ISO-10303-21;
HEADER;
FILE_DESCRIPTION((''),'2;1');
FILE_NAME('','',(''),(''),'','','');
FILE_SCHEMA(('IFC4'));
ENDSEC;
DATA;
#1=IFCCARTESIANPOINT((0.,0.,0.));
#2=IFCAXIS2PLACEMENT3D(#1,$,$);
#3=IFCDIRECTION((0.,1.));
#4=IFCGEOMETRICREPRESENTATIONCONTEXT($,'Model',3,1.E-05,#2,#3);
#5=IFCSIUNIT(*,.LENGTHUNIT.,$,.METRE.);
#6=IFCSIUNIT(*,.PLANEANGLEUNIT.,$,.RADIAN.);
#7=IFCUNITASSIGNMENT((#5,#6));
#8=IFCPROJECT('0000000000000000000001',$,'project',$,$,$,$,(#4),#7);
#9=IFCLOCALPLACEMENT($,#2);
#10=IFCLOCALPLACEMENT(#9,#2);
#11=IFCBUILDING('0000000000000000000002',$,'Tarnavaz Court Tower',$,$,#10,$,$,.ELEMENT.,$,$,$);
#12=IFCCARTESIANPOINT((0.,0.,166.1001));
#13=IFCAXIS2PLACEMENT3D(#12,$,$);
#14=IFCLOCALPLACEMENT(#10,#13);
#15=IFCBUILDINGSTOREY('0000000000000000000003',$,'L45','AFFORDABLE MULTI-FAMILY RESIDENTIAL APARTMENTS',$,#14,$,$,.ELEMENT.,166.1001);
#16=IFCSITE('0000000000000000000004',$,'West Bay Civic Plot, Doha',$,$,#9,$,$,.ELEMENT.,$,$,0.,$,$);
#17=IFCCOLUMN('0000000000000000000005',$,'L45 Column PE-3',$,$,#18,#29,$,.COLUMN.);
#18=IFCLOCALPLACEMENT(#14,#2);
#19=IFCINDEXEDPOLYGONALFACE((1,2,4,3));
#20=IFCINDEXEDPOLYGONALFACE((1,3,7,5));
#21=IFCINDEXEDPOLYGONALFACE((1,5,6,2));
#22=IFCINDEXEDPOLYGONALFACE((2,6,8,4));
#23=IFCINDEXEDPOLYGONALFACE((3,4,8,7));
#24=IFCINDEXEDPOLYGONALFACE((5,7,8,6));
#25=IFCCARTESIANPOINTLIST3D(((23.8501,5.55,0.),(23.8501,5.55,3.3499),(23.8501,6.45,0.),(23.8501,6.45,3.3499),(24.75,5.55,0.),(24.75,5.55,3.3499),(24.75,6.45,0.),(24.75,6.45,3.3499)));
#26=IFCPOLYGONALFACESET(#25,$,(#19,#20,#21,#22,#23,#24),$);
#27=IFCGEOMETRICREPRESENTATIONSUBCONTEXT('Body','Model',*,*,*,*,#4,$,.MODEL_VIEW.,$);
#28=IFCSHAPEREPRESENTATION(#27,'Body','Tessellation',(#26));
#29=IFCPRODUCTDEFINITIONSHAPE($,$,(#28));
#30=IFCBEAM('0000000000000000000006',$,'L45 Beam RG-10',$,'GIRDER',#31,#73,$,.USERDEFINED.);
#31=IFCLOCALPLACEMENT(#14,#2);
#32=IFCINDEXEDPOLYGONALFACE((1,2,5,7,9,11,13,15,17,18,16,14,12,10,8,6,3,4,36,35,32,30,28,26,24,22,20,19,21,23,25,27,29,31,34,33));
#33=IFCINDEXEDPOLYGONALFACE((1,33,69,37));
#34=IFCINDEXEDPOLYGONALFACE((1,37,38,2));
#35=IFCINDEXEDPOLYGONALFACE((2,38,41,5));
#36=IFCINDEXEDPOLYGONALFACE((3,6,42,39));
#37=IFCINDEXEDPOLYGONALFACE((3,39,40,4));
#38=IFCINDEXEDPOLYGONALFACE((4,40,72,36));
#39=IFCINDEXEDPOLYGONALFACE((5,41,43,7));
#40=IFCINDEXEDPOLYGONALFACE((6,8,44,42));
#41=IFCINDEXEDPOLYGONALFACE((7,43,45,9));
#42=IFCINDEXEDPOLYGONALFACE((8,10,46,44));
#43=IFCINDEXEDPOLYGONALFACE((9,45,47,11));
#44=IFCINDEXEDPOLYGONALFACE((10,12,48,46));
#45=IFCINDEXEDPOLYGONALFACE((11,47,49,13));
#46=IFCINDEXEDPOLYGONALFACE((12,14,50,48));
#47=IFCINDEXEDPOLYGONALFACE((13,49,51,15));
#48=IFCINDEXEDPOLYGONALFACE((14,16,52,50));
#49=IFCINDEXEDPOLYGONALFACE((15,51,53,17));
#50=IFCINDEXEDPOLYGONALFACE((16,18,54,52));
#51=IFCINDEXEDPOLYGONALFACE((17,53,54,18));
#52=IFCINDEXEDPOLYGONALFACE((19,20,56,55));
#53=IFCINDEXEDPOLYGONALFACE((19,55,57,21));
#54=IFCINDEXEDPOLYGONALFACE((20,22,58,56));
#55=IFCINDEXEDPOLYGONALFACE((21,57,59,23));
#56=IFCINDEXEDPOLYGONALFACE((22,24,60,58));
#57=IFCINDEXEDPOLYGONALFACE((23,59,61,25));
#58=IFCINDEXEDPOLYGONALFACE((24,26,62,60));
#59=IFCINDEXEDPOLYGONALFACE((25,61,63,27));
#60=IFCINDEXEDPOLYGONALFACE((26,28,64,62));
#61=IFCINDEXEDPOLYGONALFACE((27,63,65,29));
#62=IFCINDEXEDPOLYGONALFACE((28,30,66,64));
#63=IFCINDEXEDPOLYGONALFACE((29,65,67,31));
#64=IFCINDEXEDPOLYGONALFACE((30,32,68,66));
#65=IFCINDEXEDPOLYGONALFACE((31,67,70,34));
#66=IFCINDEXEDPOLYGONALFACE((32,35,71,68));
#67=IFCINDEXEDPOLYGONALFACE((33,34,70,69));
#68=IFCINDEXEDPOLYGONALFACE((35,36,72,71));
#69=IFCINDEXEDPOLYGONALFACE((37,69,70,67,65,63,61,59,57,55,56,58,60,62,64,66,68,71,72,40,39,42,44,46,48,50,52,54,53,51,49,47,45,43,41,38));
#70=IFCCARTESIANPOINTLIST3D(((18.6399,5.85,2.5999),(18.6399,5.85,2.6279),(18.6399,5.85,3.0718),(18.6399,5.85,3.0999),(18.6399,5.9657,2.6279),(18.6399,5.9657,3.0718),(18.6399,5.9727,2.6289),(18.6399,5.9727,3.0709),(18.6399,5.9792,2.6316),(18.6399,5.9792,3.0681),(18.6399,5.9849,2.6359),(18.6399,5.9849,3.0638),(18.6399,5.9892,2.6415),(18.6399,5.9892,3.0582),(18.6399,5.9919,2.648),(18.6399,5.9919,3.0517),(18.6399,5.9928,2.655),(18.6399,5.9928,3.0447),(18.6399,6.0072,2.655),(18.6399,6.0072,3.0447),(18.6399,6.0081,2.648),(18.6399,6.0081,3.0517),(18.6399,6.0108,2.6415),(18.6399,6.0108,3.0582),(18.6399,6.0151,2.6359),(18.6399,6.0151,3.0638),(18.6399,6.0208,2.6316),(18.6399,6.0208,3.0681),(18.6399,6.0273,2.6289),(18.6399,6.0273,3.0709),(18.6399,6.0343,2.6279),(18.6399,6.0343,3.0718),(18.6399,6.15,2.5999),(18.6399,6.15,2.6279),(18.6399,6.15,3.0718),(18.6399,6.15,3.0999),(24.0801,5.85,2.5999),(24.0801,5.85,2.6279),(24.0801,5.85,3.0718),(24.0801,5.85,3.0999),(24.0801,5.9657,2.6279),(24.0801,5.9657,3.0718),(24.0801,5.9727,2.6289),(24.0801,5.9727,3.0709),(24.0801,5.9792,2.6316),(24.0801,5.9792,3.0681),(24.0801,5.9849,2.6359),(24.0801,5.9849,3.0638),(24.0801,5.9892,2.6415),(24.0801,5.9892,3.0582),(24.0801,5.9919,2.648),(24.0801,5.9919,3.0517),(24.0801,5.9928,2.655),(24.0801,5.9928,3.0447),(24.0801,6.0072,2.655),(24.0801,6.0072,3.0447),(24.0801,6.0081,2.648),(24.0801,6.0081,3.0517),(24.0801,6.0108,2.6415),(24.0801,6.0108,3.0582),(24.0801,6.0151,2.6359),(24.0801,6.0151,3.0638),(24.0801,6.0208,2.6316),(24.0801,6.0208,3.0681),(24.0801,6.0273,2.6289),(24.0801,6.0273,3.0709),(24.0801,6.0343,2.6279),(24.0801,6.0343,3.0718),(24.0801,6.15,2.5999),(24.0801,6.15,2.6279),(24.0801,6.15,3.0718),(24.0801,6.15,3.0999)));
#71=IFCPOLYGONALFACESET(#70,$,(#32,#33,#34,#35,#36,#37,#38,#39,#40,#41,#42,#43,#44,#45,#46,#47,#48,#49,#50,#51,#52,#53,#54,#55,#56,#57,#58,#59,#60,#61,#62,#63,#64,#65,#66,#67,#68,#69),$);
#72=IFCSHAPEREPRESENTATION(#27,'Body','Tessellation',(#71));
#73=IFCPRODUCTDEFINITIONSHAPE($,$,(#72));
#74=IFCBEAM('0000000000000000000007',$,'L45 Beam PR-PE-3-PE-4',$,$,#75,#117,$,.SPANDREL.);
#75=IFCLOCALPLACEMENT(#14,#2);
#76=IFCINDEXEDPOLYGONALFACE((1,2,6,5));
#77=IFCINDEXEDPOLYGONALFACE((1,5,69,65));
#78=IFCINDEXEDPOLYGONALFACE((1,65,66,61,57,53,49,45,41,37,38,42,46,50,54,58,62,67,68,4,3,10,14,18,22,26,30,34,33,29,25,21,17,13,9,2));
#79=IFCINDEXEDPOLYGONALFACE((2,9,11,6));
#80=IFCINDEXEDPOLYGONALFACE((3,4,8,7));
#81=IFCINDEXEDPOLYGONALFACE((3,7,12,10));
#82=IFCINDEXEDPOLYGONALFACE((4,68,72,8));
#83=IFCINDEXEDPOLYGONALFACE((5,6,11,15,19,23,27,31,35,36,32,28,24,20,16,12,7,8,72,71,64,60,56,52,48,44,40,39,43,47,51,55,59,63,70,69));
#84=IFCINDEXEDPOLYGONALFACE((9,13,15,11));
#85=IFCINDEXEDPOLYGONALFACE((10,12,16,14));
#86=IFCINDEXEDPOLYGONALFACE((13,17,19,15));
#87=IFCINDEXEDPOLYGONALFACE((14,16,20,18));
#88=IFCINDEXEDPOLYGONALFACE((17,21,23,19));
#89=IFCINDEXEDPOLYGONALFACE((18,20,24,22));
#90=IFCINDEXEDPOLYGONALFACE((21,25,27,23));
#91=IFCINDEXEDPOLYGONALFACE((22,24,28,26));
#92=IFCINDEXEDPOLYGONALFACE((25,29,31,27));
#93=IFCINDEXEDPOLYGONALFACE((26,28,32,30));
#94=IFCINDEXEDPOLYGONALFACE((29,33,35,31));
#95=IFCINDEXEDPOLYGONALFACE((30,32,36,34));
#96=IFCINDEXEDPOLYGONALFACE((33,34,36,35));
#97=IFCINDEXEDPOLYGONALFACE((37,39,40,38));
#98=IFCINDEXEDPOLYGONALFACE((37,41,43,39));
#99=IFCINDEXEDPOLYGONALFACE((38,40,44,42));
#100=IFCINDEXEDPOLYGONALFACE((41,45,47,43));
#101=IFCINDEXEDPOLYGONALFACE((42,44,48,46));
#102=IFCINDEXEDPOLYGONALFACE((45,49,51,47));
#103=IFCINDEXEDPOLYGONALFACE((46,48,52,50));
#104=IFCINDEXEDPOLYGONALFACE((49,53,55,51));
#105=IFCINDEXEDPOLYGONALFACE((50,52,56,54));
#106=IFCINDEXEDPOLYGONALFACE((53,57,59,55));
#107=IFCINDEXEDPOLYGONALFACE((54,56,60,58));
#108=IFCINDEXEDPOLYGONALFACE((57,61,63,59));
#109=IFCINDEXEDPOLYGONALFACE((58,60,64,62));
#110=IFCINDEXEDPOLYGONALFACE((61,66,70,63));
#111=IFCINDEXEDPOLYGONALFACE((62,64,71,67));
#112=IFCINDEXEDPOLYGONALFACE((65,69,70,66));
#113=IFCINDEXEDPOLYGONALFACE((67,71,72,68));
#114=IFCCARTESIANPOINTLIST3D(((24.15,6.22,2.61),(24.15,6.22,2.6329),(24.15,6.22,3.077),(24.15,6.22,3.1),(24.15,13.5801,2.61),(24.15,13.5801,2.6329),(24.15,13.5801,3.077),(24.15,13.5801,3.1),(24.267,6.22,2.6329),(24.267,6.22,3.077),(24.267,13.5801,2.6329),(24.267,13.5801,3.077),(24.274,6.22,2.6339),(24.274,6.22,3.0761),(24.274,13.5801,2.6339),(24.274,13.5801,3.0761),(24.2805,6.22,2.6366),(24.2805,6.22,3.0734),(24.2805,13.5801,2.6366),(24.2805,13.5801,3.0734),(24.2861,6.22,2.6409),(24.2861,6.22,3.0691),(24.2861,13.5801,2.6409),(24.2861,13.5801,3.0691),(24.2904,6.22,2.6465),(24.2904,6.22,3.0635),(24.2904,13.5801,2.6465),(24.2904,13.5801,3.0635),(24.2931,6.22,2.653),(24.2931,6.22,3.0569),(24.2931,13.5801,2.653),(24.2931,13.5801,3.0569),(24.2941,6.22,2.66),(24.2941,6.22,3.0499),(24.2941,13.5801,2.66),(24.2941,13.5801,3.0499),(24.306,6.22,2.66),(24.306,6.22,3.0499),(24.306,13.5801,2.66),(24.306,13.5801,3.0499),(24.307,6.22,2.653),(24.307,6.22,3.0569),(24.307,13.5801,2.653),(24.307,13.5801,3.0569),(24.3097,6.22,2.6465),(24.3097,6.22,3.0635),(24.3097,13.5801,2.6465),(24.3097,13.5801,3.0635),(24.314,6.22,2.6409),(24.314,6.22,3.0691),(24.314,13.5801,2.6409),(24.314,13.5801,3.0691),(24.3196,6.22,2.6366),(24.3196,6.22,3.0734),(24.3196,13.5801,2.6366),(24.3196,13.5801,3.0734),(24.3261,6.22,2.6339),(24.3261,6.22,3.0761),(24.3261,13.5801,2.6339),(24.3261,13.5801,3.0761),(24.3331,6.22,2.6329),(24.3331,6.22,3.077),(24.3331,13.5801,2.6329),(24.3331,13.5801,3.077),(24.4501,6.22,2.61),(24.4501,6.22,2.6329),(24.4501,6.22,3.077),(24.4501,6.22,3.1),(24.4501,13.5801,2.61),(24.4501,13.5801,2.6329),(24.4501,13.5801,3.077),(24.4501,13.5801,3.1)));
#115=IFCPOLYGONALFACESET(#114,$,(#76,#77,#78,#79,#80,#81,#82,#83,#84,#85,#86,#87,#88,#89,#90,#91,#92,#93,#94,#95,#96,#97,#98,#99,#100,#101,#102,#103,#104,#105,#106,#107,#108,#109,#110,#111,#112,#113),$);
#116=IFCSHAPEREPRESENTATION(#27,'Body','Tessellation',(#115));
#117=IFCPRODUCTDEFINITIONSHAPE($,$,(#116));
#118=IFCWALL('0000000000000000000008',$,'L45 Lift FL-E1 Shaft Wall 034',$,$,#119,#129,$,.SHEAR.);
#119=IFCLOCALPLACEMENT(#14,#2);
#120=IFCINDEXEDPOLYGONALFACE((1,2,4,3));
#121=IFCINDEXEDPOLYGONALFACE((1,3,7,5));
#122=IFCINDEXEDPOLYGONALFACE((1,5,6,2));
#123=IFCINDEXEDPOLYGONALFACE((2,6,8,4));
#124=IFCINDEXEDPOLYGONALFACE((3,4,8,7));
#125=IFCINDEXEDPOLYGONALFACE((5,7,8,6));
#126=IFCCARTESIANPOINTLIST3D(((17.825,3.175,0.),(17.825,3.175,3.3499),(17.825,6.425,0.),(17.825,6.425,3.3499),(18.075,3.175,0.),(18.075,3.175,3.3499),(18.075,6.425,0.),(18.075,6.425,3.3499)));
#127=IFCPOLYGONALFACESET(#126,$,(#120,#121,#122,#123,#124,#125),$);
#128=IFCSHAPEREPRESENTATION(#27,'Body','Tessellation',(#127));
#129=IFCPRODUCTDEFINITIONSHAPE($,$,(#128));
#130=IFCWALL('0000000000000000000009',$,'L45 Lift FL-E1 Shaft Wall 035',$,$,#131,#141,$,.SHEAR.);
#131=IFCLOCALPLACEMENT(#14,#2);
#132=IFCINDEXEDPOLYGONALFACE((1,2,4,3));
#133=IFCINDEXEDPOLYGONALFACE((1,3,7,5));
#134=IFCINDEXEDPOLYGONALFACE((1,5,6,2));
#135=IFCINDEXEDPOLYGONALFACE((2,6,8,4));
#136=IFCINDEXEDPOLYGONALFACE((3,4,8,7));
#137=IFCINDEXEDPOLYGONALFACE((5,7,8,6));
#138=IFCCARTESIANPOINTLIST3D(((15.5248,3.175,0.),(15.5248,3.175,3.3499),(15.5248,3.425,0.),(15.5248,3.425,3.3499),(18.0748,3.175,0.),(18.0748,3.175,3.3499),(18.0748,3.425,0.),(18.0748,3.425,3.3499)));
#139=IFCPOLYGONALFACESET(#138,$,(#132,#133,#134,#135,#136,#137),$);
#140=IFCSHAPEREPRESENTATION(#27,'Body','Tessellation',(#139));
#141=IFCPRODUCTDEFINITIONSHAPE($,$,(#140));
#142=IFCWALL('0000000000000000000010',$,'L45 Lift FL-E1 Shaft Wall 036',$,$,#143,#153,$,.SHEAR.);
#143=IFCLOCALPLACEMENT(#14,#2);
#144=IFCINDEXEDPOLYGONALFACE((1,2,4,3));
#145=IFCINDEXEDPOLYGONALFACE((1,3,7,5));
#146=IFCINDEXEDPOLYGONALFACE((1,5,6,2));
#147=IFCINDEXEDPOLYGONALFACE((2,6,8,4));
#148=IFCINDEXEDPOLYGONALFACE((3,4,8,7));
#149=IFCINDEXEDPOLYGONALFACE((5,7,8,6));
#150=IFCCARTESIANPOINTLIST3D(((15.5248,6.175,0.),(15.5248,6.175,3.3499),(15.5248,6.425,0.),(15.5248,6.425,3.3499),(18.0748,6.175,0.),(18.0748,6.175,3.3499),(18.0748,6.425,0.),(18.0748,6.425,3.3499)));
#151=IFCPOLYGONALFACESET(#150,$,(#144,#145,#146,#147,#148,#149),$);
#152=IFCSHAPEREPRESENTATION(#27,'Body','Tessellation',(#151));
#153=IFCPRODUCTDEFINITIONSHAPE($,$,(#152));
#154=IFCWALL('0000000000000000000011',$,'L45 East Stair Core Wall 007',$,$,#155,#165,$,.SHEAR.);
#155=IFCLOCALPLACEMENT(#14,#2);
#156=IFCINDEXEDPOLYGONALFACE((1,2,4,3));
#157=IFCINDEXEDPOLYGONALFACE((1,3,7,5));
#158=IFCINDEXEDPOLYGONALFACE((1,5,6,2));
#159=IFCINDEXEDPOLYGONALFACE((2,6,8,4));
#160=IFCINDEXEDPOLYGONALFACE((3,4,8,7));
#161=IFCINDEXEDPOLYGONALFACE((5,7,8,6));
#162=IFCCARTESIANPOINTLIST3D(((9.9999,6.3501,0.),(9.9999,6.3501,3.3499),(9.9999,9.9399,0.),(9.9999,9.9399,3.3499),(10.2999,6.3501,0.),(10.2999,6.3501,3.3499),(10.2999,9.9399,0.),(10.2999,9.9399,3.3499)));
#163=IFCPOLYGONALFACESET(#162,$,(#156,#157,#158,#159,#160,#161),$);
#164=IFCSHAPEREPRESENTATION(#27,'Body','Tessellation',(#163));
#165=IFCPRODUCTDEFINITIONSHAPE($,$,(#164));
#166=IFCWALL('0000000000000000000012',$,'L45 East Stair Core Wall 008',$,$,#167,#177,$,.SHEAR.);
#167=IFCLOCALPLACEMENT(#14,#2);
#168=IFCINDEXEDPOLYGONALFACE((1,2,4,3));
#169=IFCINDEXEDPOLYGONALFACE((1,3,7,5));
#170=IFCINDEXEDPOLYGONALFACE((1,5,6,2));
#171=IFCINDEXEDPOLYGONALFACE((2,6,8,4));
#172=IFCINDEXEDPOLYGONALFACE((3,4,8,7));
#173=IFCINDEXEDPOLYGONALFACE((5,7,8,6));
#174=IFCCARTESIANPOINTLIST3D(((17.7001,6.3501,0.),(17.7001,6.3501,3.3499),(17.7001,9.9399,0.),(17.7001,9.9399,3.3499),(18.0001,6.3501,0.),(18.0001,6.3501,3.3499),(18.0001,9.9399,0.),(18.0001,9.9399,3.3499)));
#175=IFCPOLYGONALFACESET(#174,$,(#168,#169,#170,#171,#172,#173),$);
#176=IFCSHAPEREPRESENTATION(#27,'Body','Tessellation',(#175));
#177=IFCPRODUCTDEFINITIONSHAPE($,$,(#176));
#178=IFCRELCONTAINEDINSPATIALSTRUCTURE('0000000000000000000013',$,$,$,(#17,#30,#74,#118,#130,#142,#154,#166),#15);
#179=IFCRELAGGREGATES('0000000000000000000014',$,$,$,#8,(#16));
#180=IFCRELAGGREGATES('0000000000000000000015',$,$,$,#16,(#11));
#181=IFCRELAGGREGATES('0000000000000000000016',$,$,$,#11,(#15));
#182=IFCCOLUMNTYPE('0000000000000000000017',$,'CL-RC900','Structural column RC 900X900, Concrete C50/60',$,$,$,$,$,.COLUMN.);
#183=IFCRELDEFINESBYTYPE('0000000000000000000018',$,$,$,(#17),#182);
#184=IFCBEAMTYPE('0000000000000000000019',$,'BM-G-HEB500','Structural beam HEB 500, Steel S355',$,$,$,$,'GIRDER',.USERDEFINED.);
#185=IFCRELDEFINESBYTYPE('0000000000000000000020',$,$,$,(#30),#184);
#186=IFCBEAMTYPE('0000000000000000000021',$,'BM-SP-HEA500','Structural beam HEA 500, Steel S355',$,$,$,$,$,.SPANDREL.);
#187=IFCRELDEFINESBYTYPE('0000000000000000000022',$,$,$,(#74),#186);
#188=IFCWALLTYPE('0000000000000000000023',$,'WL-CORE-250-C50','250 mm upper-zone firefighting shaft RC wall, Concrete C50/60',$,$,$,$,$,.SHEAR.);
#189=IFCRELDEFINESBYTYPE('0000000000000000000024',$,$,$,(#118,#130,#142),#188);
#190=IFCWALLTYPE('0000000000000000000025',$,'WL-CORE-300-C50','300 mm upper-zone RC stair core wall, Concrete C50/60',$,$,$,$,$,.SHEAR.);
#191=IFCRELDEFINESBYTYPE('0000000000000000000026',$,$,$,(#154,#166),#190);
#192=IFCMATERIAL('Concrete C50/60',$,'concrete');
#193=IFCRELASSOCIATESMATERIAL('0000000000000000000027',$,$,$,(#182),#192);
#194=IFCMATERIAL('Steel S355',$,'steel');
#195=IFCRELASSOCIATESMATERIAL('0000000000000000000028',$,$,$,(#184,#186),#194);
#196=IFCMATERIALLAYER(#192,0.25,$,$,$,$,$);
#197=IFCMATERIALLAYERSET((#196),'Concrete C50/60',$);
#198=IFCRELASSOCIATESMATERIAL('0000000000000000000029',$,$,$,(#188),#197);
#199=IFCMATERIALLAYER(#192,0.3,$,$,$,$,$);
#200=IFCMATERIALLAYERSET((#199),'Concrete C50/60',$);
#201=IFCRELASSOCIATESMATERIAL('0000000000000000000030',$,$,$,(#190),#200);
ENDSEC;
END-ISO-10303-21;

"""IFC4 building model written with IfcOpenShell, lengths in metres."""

from ifc_helpers import new_model, si_unit, direction, frame, frame_2d, origin, origin_2d, place, context, subcontext, project, spatial, rectangle, i_section, extrude, material, layer, layer_set, material_profile, profile_set, type_object, element, save


model = new_model("IFC4")

# Units and contexts
model_context = context("Model", 3, precision=1e-05, world=origin(), true_north=direction((0.0, 1.0)))
body_context = subcontext(model_context, "Body", "Model", "MODEL_VIEW")
ifc_project = project(units=[si_unit("LENGTHUNIT", "METRE"), si_unit("PLANEANGLEUNIT", "RADIAN")], contexts=[model_context])

# Site, building, storey
site_placement = place(None, origin())
site = spatial("IfcSite", under=ifc_project, at=site_placement, Name="West Bay Civic Plot, Doha", CompositionType="ELEMENT", RefElevation=0.0)
building_placement = place(site_placement, origin())
building = spatial("IfcBuilding", under=site, at=building_placement, Name="Tarnavaz Court Tower", CompositionType="ELEMENT")
storey_placement = place(building_placement, frame((0.0, 0.0, 166.1001)))
storey = spatial("IfcBuildingStorey", under=building, at=storey_placement, Name="L45", Description="AFFORDABLE MULTI-FAMILY RESIDENTIAL APARTMENTS", CompositionType="ELEMENT", Elevation=166.1001)

# Column
ifc_material_1 = material(Name="Concrete C50/60", Category="concrete")
ifc_material_profile_1 = material_profile(ifc_material_1, rectangle(XDim=0.8999, YDim=0.8999, at=origin_2d()), Name="RC 900X900")
ifc_profile_set_1 = profile_set([ifc_material_profile_1], Name="Concrete C50/60")
column_type = type_object("IfcColumnType", Name="CL-RC900", Description="Structural column RC 900X900, Concrete C50/60", PredefinedType="COLUMN", material=ifc_profile_set_1)
column_placement = place(storey_placement, frame((24.3, 6.0, 0.0), z_axis=(0.0, 0.0, 1.0), x_axis=(1.0, 0.0, 0.0)))
element("IfcColumn", 1, at=column_placement, inside=storey, type_object=column_type, Name="L45 Column PE-3", PredefinedType="COLUMN", context=body_context, shape_type="SweptSolid", body=[
    extrude(rectangle(XDim=0.8999, YDim=0.8999, at=origin_2d()), origin(), (0.0, 0.0, 1.0), 3.3499),
])

# Beams
ifc_material_2 = material(Name="Steel S355", Category="steel")
ifc_material_profile_2 = material_profile(ifc_material_2, i_section(OverallWidth=0.3, OverallDepth=0.5, WebThickness=0.0144, FlangeThickness=0.0281, FilletRadius=0.0271, at=origin_2d()), Name="HEB 500")
ifc_profile_set_2 = profile_set([ifc_material_profile_2], Name="Steel S355")
beam_type_1 = type_object("IfcBeamType", Name="BM-G-HEB500", Description="Structural beam HEB 500, Steel S355", ElementType="GIRDER", PredefinedType="USERDEFINED", material=ifc_profile_set_2)
beam_1_placement = place(storey_placement, frame((18.6399, 6.0, 2.8499), z_axis=(1.0, 0.0, 0.0), x_axis=(0.0, 1.0, 0.0)))
element("IfcBeam", 2, at=beam_1_placement, inside=storey, type_object=beam_type_1, Name="L45 Beam RG-10", ObjectType="GIRDER", PredefinedType="USERDEFINED", context=body_context, shape_type="SweptSolid", body=[
    extrude(i_section(OverallWidth=0.3, OverallDepth=0.5, WebThickness=0.0144, FlangeThickness=0.0281, FilletRadius=0.0271, at=origin_2d()), origin(), (0.0, 0.0, 1.0), 5.4402),
])
ifc_material_profile_3 = material_profile(ifc_material_2, i_section(OverallWidth=0.3, OverallDepth=0.49, WebThickness=0.012, FlangeThickness=0.0229, FilletRadius=0.0271, at=origin_2d()), Name="HEA 500")
ifc_profile_set_3 = profile_set([ifc_material_profile_3], Name="Steel S355")
beam_type_2 = type_object("IfcBeamType", Name="BM-SP-HEA500", Description="Structural beam HEA 500, Steel S355", PredefinedType="SPANDREL", material=ifc_profile_set_3)
beam_2_placement = place(storey_placement, frame((24.3, 6.22, 2.855), z_axis=(0.0, 1.0, 0.0), x_axis=(-1.0, 0.0, 0.0)))
element("IfcBeam", 3, at=beam_2_placement, inside=storey, type_object=beam_type_2, Name="L45 Beam PR-PE-3-PE-4", PredefinedType="SPANDREL", context=body_context, shape_type="SweptSolid", body=[
    extrude(i_section(OverallWidth=0.3, OverallDepth=0.49, WebThickness=0.012, FlangeThickness=0.0229, FilletRadius=0.0271, at=origin_2d()), origin(), (0.0, 0.0, 1.0), 7.3601),
])

# Shared definitions
ifc_layer_1 = layer(ifc_material_1, 0.25)
ifc_layer_set_1 = layer_set([ifc_layer_1], Name="Concrete C50/60")
wall_type_1 = type_object("IfcWallType", Name="WL-CORE-250-C50", Description="250 mm upper-zone firefighting shaft RC wall, Concrete C50/60", PredefinedType="SHEAR", material=ifc_layer_set_1)

# Walls
wall_1_placement = place(storey_placement, frame((17.95, 3.175, 0.0), z_axis=(0.0, 0.0, 1.0), x_axis=(0.0, 1.0, 0.0)))
element("IfcWall", 4, at=wall_1_placement, inside=storey, type_object=wall_type_1, Name="L45 Lift FL-E1 Shaft Wall 034", PredefinedType="SHEAR", context=body_context, shape_type="SweptSolid", body=[
    extrude(rectangle(XDim=3.25, YDim=0.25, at=frame_2d((1.625, 0.0))), origin(), (0.0, 0.0, 1.0), 3.3499),
])
for number, where, z_axis, x_axis, name in (
    (5, (15.5249, 3.3, 0.0), (0.0, 0.0, 1.0), (1.0, 0.0, 0.0), "L45 Lift FL-E1 Shaft Wall 035"),
    (6, (15.5249, 6.3, 0.0), (0.0, 0.0, 1.0), (1.0, 0.0, 0.0), "L45 Lift FL-E1 Shaft Wall 036"),
):
    element("IfcWall", number, at=place(storey_placement, frame(where, z_axis=z_axis, x_axis=x_axis)), inside=storey, type_object=wall_type_1, Name=name, PredefinedType="SHEAR", context=body_context, shape_type="SweptSolid", body=[
        extrude(rectangle(XDim=2.55, YDim=0.25, at=frame_2d((1.2749, 0.0))), origin(), (0.0, 0.0, 1.0), 3.3499),
    ])
ifc_layer_2 = layer(ifc_material_1, 0.3)
ifc_layer_set_2 = layer_set([ifc_layer_2], Name="Concrete C50/60")
wall_type_2 = type_object("IfcWallType", Name="WL-CORE-300-C50", Description="300 mm upper-zone RC stair core wall, Concrete C50/60", PredefinedType="SHEAR", material=ifc_layer_set_2)
for number, where, z_axis, x_axis, name in (
    (7, (10.1499, 6.3501, 0.0), (0.0, 0.0, 1.0), (0.0, 1.0, 0.0), "L45 East Stair Core Wall 007"),
    (8, (17.8501, 6.3501, 0.0), (0.0, 0.0, 1.0), (0.0, 1.0, 0.0), "L45 East Stair Core Wall 008"),
):
    element("IfcWall", number, at=place(storey_placement, frame(where, z_axis=z_axis, x_axis=x_axis)), inside=storey, type_object=wall_type_2, Name=name, PredefinedType="SHEAR", context=body_context, shape_type="SweptSolid", body=[
        extrude(rectangle(XDim=3.5898, YDim=0.3, at=frame_2d((1.7949, 0.0))), origin(), (0.0, 0.0, 1.0), 3.3499),
    ])

save(model, "model.ifc")
